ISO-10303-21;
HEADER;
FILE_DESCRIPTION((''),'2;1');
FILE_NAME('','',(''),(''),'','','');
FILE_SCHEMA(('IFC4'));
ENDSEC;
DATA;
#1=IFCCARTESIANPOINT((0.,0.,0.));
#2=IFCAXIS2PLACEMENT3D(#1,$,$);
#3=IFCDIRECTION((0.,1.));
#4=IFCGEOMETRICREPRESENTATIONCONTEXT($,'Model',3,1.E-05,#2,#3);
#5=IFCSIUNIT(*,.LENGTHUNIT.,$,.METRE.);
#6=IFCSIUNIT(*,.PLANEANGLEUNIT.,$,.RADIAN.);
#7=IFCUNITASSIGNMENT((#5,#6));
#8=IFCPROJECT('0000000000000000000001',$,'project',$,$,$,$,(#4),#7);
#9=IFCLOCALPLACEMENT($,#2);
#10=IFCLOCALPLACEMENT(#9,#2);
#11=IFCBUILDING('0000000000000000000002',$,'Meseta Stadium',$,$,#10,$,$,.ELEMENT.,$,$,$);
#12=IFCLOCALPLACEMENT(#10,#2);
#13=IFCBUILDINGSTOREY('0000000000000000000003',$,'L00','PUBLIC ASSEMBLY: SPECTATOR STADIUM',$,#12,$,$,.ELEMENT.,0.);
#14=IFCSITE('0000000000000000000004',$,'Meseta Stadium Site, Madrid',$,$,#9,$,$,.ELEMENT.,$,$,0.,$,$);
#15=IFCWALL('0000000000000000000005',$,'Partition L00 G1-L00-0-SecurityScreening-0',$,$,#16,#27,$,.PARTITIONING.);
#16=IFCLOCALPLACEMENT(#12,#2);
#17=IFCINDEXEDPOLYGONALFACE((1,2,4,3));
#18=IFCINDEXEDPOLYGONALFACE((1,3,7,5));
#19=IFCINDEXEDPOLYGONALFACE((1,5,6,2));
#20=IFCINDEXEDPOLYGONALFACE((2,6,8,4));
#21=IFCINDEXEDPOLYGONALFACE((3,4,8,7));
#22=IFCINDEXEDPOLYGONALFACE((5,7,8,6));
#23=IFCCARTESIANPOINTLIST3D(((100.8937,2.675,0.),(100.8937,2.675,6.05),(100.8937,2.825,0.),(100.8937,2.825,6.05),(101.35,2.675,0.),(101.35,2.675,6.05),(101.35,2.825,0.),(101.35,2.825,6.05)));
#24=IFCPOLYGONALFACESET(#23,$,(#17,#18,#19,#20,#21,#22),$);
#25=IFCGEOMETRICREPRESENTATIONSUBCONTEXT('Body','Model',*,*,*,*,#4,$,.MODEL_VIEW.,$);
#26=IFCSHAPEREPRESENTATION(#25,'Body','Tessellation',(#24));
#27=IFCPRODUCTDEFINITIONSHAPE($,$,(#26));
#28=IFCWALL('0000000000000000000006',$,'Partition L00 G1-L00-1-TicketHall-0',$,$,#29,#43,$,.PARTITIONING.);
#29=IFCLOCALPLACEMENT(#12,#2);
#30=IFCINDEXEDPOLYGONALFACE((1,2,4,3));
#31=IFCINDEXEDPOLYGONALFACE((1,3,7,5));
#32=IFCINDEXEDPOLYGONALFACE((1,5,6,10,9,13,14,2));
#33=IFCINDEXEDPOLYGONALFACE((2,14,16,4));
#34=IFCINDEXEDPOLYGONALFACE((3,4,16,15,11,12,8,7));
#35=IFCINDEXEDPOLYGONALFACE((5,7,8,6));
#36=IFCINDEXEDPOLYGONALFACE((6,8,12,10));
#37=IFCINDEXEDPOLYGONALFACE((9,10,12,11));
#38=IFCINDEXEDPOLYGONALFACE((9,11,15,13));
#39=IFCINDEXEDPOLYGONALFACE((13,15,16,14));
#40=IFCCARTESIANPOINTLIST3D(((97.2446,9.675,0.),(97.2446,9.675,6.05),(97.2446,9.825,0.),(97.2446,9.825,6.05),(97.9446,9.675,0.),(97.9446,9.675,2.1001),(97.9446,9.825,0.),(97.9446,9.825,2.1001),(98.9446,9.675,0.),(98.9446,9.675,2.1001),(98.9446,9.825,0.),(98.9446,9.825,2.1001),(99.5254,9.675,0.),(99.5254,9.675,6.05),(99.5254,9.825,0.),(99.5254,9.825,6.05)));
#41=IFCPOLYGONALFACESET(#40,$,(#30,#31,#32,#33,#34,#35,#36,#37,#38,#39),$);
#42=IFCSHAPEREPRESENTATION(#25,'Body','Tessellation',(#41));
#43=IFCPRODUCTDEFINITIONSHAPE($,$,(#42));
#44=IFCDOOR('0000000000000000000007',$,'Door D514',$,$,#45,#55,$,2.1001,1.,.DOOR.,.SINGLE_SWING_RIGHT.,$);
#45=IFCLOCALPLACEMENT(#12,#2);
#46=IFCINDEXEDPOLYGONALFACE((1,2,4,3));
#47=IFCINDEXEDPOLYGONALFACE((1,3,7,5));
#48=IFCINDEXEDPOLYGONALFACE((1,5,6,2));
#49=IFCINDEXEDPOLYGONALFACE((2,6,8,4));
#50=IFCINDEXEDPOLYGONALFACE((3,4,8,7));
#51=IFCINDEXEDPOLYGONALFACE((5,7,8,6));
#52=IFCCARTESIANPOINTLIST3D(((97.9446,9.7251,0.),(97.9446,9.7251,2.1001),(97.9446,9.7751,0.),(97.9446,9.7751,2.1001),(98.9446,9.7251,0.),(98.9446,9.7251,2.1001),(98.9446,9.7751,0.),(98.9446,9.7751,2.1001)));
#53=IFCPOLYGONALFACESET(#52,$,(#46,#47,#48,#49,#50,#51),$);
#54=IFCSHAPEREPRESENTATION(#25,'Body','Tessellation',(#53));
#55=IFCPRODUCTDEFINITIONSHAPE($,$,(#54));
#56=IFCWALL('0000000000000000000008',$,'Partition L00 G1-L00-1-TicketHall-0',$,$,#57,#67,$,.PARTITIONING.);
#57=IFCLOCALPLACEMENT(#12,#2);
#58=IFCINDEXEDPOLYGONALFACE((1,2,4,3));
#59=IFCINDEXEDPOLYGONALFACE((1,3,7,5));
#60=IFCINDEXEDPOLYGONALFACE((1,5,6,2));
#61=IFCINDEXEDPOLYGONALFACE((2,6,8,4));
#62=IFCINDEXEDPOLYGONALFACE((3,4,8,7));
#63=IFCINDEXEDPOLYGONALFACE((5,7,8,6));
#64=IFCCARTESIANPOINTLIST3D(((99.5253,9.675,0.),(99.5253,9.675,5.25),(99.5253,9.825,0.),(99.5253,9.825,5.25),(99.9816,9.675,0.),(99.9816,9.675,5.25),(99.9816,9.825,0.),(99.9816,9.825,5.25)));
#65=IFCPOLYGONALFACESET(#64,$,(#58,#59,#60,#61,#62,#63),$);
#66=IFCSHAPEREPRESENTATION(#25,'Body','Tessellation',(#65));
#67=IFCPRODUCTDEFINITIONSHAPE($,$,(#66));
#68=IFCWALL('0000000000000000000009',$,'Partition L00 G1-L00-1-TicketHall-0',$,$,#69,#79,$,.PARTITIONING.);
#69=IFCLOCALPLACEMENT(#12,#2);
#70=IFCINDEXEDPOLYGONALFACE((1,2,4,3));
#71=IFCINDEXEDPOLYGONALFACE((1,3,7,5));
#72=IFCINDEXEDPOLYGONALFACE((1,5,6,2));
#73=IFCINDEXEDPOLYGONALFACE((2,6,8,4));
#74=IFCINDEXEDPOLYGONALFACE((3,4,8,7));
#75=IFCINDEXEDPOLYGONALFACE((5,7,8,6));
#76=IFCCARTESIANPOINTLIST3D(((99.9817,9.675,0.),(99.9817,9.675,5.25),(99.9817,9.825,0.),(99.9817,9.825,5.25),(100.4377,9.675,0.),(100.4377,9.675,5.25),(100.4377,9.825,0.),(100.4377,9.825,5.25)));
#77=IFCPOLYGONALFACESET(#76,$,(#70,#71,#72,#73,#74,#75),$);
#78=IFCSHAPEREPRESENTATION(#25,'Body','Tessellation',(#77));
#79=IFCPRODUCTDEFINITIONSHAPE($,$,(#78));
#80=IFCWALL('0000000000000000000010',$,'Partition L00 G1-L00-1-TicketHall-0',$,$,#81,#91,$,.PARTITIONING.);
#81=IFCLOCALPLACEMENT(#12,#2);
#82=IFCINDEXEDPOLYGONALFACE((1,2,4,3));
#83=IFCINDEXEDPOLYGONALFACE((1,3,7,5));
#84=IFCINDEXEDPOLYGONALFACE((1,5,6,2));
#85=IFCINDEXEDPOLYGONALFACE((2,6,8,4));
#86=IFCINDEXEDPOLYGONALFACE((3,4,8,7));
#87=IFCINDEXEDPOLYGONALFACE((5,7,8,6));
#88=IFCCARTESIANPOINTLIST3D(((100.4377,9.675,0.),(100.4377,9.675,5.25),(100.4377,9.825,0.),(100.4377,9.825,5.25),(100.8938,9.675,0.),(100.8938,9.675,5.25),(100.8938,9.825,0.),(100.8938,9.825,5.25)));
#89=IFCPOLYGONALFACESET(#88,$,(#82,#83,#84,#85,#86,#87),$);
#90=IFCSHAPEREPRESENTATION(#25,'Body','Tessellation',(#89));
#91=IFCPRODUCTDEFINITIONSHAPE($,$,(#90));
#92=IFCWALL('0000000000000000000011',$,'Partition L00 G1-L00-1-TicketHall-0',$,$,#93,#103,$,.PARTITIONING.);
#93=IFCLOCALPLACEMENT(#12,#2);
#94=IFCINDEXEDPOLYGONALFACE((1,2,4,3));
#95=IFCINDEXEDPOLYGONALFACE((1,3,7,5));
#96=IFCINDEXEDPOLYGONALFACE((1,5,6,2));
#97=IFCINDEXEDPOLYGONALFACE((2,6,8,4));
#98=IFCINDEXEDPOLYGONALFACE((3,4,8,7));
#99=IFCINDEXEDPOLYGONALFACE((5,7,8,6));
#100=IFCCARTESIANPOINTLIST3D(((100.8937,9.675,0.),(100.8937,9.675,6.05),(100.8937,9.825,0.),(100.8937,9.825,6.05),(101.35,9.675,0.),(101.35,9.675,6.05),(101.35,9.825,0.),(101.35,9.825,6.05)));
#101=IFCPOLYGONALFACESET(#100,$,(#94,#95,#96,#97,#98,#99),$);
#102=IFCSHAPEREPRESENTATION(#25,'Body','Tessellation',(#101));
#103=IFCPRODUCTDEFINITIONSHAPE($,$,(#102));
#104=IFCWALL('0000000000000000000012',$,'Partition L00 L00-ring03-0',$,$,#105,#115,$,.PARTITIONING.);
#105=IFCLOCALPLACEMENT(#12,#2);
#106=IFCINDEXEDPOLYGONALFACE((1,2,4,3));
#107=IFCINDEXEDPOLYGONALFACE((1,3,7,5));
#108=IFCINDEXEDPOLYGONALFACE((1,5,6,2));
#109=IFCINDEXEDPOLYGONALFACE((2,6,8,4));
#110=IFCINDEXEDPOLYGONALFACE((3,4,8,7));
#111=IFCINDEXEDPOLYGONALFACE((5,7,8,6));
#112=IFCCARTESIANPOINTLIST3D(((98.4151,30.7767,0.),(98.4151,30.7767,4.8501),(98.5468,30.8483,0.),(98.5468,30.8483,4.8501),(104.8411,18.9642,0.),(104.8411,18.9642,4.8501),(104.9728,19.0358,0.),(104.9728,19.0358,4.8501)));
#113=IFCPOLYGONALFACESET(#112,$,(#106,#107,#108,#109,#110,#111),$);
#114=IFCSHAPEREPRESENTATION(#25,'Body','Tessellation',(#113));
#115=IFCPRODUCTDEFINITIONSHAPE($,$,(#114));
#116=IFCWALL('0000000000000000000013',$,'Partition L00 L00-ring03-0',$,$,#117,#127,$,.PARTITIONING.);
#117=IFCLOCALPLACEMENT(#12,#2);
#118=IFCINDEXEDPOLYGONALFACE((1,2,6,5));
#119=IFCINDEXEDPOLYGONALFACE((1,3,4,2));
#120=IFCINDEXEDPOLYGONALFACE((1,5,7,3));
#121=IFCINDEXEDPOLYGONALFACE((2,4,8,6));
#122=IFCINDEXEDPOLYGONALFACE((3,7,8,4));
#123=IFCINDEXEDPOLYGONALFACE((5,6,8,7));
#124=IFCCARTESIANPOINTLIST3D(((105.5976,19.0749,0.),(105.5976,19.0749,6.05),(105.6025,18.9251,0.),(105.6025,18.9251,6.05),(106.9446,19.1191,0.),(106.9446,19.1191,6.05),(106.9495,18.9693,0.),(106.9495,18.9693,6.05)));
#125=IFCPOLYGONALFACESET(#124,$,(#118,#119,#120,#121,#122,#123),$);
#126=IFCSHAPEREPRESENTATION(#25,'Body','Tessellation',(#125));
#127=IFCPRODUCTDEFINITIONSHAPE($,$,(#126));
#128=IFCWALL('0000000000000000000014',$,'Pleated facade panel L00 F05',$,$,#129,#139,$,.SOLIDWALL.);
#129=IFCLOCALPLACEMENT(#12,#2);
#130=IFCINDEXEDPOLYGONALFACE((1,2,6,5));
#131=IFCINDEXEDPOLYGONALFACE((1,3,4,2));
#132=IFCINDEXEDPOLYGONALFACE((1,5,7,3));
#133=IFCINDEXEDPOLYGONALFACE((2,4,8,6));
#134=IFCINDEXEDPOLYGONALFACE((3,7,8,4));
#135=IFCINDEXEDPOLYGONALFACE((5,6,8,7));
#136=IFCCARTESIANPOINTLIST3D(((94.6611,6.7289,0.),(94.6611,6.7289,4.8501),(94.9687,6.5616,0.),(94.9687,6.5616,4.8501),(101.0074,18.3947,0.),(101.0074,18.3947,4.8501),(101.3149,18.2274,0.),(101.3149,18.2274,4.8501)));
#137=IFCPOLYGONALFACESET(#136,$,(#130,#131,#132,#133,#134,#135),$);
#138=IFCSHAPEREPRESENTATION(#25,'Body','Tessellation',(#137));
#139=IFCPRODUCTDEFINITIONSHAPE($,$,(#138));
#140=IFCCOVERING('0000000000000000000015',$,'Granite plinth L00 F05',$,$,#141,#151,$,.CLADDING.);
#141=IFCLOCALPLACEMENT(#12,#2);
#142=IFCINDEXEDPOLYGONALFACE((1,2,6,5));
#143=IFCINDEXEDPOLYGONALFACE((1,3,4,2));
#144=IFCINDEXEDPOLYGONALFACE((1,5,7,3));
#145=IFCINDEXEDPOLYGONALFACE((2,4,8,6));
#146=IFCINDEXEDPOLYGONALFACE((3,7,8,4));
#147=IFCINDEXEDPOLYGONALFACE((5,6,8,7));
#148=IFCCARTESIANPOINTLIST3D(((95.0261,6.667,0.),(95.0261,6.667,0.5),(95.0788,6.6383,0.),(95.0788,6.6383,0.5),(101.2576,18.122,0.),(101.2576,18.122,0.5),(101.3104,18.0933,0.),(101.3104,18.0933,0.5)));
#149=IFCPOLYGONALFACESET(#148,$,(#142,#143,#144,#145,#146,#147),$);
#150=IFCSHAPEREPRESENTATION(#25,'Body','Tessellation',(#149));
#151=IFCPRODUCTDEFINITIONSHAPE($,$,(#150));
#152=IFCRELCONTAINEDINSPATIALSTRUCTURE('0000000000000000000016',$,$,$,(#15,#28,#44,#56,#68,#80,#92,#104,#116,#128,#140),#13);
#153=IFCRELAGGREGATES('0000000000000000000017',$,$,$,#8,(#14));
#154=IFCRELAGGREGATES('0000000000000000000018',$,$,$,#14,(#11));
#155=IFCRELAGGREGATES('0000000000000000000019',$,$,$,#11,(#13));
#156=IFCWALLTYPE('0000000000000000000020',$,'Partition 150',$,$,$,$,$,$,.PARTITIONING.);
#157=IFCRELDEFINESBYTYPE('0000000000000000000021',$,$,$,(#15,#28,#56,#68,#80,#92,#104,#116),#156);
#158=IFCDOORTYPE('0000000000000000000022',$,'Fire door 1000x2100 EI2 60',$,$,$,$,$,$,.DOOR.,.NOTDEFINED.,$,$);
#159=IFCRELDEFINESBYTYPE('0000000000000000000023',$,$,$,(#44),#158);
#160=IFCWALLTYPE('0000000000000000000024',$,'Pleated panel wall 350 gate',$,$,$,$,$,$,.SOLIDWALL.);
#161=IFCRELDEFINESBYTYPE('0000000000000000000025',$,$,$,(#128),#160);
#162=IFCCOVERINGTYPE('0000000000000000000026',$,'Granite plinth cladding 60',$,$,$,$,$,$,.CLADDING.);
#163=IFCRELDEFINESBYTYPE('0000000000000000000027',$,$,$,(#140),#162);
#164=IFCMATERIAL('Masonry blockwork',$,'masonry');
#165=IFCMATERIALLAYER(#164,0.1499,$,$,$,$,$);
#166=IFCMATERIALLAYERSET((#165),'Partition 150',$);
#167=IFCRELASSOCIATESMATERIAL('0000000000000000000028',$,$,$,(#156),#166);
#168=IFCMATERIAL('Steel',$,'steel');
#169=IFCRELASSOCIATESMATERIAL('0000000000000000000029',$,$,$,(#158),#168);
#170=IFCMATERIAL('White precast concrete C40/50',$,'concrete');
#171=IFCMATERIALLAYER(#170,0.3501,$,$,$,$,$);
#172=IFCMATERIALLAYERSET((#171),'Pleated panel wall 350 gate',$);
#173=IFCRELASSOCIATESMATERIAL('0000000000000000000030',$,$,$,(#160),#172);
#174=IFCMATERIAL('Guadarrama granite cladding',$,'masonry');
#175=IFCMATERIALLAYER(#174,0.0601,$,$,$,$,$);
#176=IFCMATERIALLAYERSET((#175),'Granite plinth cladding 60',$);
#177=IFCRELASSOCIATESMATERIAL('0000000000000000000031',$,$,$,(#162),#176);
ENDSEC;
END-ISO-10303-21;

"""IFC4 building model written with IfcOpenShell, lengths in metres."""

from ifc_helpers import new_model, si_unit, direction, frame, frame_2d, origin, origin_2d, place, context, subcontext, project, spatial, rectangle, extrude, material, layer, layer_set, type_object, element, fill, save


model = new_model("IFC4")

# Units and contexts
model_context = context("Model", 3, precision=1e-05, world=origin(), true_north=direction((0.0, 1.0)))
body_context = subcontext(model_context, "Body", "Model", "MODEL_VIEW")
ifc_project = project(units=[si_unit("LENGTHUNIT", "METRE"), si_unit("PLANEANGLEUNIT", "RADIAN")], contexts=[model_context])

# Site, building, storey
site_placement = place(None, origin())
site = spatial("IfcSite", under=ifc_project, at=site_placement, Name="Meseta Stadium Site, Madrid", CompositionType="ELEMENT", RefElevation=0.0)
building_placement = place(site_placement, origin())
building = spatial("IfcBuilding", under=site, at=building_placement, Name="Meseta Stadium", CompositionType="ELEMENT")
storey_placement = place(building_placement, origin())
storey = spatial("IfcBuildingStorey", under=building, at=storey_placement, Name="L00", Description="PUBLIC ASSEMBLY: SPECTATOR STADIUM", CompositionType="ELEMENT", Elevation=0.0)

# Wall
ifc_material_1 = material(Name="Masonry blockwork", Category="masonry")
ifc_layer_1 = layer(ifc_material_1, 0.1499)
ifc_layer_set_1 = layer_set([ifc_layer_1], Name="Partition 150")
wall_type_1 = type_object("IfcWallType", Name="Partition 150", PredefinedType="PARTITIONING", material=ifc_layer_set_1)
wall_1_placement = place(storey_placement, frame((100.8938, 2.75, 0.0), z_axis=(0.0, 0.0, 1.0), x_axis=(1.0, 0.0, 0.0)))
element("IfcWall", 1, at=wall_1_placement, inside=storey, type_object=wall_type_1, Name="Partition L00 G1-L00-0-SecurityScreening-0", PredefinedType="PARTITIONING", context=body_context, shape_type="SweptSolid", body=[
    extrude(rectangle(XDim=0.4563, YDim=0.1499, at=frame_2d((0.228, 0.0))), origin(), (0.0, 0.0, 1.0), 6.05),
])

# Wall, opening, door
wall_2_placement = place(storey_placement, frame((99.5254, 9.75, 0.0), z_axis=(0.0, 0.0, 1.0), x_axis=(-1.0, 0.0, 0.0)))
wall_2 = element("IfcWall", 2, at=wall_2_placement, inside=storey, type_object=wall_type_1, Name="Partition L00 G1-L00-1-TicketHall-0", PredefinedType="PARTITIONING", context=body_context, shape_type="SweptSolid", body=[
    extrude(rectangle(XDim=2.2808, YDim=0.1499, at=frame_2d((1.1404, 0.0))), origin(), (0.0, 0.0, 1.0), 6.05),
])
opening_1_placement = place(wall_2_placement, frame((0.5808, 0.0, 0.0)))
opening_1 = element("IfcOpeningElement", 3, at=opening_1_placement, cuts=wall_2, PredefinedType="OPENING", context=body_context, shape_type="SweptSolid", body=[
    extrude(rectangle(XDim=1.0, YDim=2.1001, at=frame_2d((0.5, 1.05))), frame((0.0, 0.085, 0.0), z_axis=(0.0, -1.0, 0.0), x_axis=(1.0, 0.0, 0.0)), (0.0, 0.0, 1.0), 0.1699),
])
ifc_material_2 = material(Name="Steel", Category="steel")
door_type_1 = type_object("IfcDoorType", Name="Fire door 1000x2100 EI2 60", OperationType="NOTDEFINED", PredefinedType="DOOR", material=ifc_material_2)
door_1_placement = place(opening_1_placement, origin())
door_1 = element("IfcDoor", 4, at=door_1_placement, inside=storey, type_object=door_type_1, Name="Door D514", OperationType="SINGLE_SWING_RIGHT", OverallHeight=2.1001, OverallWidth=1.0, PredefinedType="DOOR", context=body_context, shape_type="SweptSolid", body=[
    extrude(rectangle(XDim=1.0, YDim=2.1001, at=frame_2d((0.5, 1.05))), frame((0.0, 0.0249, 0.0), z_axis=(0.0, -1.0, 0.0), x_axis=(1.0, 0.0, 0.0)), (0.0, 0.0, 1.0), 0.05),
])
fill(opening_1, door_1)

# Walls
wall_3_placement = place(storey_placement, frame((99.5254, 9.75, 0.0), z_axis=(0.0, 0.0, 1.0), x_axis=(1.0, 0.0, 0.0)))
element("IfcWall", 5, at=wall_3_placement, inside=storey, type_object=wall_type_1, Name="Partition L00 G1-L00-1-TicketHall-0", PredefinedType="PARTITIONING", context=body_context, shape_type="SweptSolid", body=[
    extrude(rectangle(XDim=0.4563, YDim=0.1499, at=frame_2d((0.228, 0.0))), origin(), (0.0, 0.0, 1.0), 5.25),
])
for number, where, z_axis, x_axis, name in (
    (6, (99.9817, 9.75, 0.0), (0.0, 0.0, 1.0), (1.0, 0.0, 0.0), "Partition L00 G1-L00-1-TicketHall-0"),
    (7, (100.4377, 9.75, 0.0), (0.0, 0.0, 1.0), (1.0, 0.0, 0.0), "Partition L00 G1-L00-1-TicketHall-0"),
):
    element("IfcWall", number, at=place(storey_placement, frame(where, z_axis=z_axis, x_axis=x_axis)), inside=storey, type_object=wall_type_1, Name=name, PredefinedType="PARTITIONING", context=body_context, shape_type="SweptSolid", body=[
        extrude(rectangle(XDim=0.4561, YDim=0.1499, at=frame_2d((0.228, 0.0))), origin(), (0.0, 0.0, 1.0), 5.25),
    ])
wall_4_placement = place(storey_placement, frame((100.8938, 9.75, 0.0), z_axis=(0.0, 0.0, 1.0), x_axis=(1.0, 0.0, 0.0)))
element("IfcWall", 8, at=wall_4_placement, inside=storey, type_object=wall_type_1, Name="Partition L00 G1-L00-1-TicketHall-0", PredefinedType="PARTITIONING", context=body_context, shape_type="SweptSolid", body=[
    extrude(rectangle(XDim=0.4563, YDim=0.1499, at=frame_2d((0.228, 0.0))), origin(), (0.0, 0.0, 1.0), 6.05),
])
wall_5_placement = place(storey_placement, frame((104.907, 19.0, 0.0), z_axis=(0.0, 0.0, 1.0), x_axis=(-0.477869, 0.878431, 0.0)))
element("IfcWall", 9, at=wall_5_placement, inside=storey, type_object=wall_type_1, Name="Partition L00 L00-ring03-0", PredefinedType="PARTITIONING", context=body_context, shape_type="SweptSolid", body=[
    extrude(rectangle(XDim=13.4473, YDim=0.1499, at=frame_2d((6.7236, 0.0))), origin(), (0.0, 0.0, 1.0), 4.8501),
])
wall_6_placement = place(storey_placement, frame((106.947, 19.0442, 0.0), z_axis=(0.0, 0.0, 1.0), x_axis=(-0.999462, -0.03279, 0.0)))
element("IfcWall", 10, at=wall_6_placement, inside=storey, type_object=wall_type_1, Name="Partition L00 L00-ring03-0", PredefinedType="PARTITIONING", context=body_context, shape_type="SweptSolid", body=[
    extrude(rectangle(XDim=1.3477, YDim=0.1499, at=frame_2d((0.6738, 0.0))), origin(), (0.0, 0.0, 1.0), 6.05),
])
ifc_material_3 = material(Name="White precast concrete C40/50", Category="concrete")
ifc_layer_2 = layer(ifc_material_3, 0.3501)
ifc_layer_set_2 = layer_set([ifc_layer_2], Name="Pleated panel wall 350 gate")
wall_type_2 = type_object("IfcWallType", Name="Pleated panel wall 350 gate", PredefinedType="SOLIDWALL", material=ifc_layer_set_2)
wall_7_placement = place(storey_placement, frame((101.1611, 18.311, 0.0), z_axis=(0.0, 0.0, 1.0), x_axis=(-0.477868, -0.878432, 0.0)))
element("IfcWall", 11, at=wall_7_placement, inside=storey, type_object=wall_type_2, Name="Pleated facade panel L00 F05", PredefinedType="SOLIDWALL", context=body_context, shape_type="SweptSolid", body=[
    extrude(rectangle(XDim=13.2803, YDim=0.3501, at=frame_2d((6.6401, 0.0))), origin(), (0.0, 0.0, 1.0), 4.8501),
])

# Covering
ifc_material_4 = material(Name="Guadarrama granite cladding", Category="masonry")
ifc_layer_3 = layer(ifc_material_4, 0.0601)
ifc_layer_set_3 = layer_set([ifc_layer_3], Name="Granite plinth cladding 60")
covering_type = type_object("IfcCoveringType", Name="Granite plinth cladding 60", PredefinedType="CLADDING", material=ifc_layer_set_3)
covering_placement = place(storey_placement, frame((98.1682, 12.3801, 0.0), z_axis=(0.0, 0.0, 1.0), x_axis=(-0.477867, -0.878432, 0.0)))
element("IfcCovering", 12, at=covering_placement, inside=storey, type_object=covering_type, Name="Granite plinth L00 F05", PredefinedType="CLADDING", context=body_context, shape_type="SweptSolid", body=[
    extrude(rectangle(XDim=13.0403, YDim=0.0601, at=origin_2d()), origin(), (0.0, 0.0, 1.0), 0.5),
])

save(model, "model.ifc")
